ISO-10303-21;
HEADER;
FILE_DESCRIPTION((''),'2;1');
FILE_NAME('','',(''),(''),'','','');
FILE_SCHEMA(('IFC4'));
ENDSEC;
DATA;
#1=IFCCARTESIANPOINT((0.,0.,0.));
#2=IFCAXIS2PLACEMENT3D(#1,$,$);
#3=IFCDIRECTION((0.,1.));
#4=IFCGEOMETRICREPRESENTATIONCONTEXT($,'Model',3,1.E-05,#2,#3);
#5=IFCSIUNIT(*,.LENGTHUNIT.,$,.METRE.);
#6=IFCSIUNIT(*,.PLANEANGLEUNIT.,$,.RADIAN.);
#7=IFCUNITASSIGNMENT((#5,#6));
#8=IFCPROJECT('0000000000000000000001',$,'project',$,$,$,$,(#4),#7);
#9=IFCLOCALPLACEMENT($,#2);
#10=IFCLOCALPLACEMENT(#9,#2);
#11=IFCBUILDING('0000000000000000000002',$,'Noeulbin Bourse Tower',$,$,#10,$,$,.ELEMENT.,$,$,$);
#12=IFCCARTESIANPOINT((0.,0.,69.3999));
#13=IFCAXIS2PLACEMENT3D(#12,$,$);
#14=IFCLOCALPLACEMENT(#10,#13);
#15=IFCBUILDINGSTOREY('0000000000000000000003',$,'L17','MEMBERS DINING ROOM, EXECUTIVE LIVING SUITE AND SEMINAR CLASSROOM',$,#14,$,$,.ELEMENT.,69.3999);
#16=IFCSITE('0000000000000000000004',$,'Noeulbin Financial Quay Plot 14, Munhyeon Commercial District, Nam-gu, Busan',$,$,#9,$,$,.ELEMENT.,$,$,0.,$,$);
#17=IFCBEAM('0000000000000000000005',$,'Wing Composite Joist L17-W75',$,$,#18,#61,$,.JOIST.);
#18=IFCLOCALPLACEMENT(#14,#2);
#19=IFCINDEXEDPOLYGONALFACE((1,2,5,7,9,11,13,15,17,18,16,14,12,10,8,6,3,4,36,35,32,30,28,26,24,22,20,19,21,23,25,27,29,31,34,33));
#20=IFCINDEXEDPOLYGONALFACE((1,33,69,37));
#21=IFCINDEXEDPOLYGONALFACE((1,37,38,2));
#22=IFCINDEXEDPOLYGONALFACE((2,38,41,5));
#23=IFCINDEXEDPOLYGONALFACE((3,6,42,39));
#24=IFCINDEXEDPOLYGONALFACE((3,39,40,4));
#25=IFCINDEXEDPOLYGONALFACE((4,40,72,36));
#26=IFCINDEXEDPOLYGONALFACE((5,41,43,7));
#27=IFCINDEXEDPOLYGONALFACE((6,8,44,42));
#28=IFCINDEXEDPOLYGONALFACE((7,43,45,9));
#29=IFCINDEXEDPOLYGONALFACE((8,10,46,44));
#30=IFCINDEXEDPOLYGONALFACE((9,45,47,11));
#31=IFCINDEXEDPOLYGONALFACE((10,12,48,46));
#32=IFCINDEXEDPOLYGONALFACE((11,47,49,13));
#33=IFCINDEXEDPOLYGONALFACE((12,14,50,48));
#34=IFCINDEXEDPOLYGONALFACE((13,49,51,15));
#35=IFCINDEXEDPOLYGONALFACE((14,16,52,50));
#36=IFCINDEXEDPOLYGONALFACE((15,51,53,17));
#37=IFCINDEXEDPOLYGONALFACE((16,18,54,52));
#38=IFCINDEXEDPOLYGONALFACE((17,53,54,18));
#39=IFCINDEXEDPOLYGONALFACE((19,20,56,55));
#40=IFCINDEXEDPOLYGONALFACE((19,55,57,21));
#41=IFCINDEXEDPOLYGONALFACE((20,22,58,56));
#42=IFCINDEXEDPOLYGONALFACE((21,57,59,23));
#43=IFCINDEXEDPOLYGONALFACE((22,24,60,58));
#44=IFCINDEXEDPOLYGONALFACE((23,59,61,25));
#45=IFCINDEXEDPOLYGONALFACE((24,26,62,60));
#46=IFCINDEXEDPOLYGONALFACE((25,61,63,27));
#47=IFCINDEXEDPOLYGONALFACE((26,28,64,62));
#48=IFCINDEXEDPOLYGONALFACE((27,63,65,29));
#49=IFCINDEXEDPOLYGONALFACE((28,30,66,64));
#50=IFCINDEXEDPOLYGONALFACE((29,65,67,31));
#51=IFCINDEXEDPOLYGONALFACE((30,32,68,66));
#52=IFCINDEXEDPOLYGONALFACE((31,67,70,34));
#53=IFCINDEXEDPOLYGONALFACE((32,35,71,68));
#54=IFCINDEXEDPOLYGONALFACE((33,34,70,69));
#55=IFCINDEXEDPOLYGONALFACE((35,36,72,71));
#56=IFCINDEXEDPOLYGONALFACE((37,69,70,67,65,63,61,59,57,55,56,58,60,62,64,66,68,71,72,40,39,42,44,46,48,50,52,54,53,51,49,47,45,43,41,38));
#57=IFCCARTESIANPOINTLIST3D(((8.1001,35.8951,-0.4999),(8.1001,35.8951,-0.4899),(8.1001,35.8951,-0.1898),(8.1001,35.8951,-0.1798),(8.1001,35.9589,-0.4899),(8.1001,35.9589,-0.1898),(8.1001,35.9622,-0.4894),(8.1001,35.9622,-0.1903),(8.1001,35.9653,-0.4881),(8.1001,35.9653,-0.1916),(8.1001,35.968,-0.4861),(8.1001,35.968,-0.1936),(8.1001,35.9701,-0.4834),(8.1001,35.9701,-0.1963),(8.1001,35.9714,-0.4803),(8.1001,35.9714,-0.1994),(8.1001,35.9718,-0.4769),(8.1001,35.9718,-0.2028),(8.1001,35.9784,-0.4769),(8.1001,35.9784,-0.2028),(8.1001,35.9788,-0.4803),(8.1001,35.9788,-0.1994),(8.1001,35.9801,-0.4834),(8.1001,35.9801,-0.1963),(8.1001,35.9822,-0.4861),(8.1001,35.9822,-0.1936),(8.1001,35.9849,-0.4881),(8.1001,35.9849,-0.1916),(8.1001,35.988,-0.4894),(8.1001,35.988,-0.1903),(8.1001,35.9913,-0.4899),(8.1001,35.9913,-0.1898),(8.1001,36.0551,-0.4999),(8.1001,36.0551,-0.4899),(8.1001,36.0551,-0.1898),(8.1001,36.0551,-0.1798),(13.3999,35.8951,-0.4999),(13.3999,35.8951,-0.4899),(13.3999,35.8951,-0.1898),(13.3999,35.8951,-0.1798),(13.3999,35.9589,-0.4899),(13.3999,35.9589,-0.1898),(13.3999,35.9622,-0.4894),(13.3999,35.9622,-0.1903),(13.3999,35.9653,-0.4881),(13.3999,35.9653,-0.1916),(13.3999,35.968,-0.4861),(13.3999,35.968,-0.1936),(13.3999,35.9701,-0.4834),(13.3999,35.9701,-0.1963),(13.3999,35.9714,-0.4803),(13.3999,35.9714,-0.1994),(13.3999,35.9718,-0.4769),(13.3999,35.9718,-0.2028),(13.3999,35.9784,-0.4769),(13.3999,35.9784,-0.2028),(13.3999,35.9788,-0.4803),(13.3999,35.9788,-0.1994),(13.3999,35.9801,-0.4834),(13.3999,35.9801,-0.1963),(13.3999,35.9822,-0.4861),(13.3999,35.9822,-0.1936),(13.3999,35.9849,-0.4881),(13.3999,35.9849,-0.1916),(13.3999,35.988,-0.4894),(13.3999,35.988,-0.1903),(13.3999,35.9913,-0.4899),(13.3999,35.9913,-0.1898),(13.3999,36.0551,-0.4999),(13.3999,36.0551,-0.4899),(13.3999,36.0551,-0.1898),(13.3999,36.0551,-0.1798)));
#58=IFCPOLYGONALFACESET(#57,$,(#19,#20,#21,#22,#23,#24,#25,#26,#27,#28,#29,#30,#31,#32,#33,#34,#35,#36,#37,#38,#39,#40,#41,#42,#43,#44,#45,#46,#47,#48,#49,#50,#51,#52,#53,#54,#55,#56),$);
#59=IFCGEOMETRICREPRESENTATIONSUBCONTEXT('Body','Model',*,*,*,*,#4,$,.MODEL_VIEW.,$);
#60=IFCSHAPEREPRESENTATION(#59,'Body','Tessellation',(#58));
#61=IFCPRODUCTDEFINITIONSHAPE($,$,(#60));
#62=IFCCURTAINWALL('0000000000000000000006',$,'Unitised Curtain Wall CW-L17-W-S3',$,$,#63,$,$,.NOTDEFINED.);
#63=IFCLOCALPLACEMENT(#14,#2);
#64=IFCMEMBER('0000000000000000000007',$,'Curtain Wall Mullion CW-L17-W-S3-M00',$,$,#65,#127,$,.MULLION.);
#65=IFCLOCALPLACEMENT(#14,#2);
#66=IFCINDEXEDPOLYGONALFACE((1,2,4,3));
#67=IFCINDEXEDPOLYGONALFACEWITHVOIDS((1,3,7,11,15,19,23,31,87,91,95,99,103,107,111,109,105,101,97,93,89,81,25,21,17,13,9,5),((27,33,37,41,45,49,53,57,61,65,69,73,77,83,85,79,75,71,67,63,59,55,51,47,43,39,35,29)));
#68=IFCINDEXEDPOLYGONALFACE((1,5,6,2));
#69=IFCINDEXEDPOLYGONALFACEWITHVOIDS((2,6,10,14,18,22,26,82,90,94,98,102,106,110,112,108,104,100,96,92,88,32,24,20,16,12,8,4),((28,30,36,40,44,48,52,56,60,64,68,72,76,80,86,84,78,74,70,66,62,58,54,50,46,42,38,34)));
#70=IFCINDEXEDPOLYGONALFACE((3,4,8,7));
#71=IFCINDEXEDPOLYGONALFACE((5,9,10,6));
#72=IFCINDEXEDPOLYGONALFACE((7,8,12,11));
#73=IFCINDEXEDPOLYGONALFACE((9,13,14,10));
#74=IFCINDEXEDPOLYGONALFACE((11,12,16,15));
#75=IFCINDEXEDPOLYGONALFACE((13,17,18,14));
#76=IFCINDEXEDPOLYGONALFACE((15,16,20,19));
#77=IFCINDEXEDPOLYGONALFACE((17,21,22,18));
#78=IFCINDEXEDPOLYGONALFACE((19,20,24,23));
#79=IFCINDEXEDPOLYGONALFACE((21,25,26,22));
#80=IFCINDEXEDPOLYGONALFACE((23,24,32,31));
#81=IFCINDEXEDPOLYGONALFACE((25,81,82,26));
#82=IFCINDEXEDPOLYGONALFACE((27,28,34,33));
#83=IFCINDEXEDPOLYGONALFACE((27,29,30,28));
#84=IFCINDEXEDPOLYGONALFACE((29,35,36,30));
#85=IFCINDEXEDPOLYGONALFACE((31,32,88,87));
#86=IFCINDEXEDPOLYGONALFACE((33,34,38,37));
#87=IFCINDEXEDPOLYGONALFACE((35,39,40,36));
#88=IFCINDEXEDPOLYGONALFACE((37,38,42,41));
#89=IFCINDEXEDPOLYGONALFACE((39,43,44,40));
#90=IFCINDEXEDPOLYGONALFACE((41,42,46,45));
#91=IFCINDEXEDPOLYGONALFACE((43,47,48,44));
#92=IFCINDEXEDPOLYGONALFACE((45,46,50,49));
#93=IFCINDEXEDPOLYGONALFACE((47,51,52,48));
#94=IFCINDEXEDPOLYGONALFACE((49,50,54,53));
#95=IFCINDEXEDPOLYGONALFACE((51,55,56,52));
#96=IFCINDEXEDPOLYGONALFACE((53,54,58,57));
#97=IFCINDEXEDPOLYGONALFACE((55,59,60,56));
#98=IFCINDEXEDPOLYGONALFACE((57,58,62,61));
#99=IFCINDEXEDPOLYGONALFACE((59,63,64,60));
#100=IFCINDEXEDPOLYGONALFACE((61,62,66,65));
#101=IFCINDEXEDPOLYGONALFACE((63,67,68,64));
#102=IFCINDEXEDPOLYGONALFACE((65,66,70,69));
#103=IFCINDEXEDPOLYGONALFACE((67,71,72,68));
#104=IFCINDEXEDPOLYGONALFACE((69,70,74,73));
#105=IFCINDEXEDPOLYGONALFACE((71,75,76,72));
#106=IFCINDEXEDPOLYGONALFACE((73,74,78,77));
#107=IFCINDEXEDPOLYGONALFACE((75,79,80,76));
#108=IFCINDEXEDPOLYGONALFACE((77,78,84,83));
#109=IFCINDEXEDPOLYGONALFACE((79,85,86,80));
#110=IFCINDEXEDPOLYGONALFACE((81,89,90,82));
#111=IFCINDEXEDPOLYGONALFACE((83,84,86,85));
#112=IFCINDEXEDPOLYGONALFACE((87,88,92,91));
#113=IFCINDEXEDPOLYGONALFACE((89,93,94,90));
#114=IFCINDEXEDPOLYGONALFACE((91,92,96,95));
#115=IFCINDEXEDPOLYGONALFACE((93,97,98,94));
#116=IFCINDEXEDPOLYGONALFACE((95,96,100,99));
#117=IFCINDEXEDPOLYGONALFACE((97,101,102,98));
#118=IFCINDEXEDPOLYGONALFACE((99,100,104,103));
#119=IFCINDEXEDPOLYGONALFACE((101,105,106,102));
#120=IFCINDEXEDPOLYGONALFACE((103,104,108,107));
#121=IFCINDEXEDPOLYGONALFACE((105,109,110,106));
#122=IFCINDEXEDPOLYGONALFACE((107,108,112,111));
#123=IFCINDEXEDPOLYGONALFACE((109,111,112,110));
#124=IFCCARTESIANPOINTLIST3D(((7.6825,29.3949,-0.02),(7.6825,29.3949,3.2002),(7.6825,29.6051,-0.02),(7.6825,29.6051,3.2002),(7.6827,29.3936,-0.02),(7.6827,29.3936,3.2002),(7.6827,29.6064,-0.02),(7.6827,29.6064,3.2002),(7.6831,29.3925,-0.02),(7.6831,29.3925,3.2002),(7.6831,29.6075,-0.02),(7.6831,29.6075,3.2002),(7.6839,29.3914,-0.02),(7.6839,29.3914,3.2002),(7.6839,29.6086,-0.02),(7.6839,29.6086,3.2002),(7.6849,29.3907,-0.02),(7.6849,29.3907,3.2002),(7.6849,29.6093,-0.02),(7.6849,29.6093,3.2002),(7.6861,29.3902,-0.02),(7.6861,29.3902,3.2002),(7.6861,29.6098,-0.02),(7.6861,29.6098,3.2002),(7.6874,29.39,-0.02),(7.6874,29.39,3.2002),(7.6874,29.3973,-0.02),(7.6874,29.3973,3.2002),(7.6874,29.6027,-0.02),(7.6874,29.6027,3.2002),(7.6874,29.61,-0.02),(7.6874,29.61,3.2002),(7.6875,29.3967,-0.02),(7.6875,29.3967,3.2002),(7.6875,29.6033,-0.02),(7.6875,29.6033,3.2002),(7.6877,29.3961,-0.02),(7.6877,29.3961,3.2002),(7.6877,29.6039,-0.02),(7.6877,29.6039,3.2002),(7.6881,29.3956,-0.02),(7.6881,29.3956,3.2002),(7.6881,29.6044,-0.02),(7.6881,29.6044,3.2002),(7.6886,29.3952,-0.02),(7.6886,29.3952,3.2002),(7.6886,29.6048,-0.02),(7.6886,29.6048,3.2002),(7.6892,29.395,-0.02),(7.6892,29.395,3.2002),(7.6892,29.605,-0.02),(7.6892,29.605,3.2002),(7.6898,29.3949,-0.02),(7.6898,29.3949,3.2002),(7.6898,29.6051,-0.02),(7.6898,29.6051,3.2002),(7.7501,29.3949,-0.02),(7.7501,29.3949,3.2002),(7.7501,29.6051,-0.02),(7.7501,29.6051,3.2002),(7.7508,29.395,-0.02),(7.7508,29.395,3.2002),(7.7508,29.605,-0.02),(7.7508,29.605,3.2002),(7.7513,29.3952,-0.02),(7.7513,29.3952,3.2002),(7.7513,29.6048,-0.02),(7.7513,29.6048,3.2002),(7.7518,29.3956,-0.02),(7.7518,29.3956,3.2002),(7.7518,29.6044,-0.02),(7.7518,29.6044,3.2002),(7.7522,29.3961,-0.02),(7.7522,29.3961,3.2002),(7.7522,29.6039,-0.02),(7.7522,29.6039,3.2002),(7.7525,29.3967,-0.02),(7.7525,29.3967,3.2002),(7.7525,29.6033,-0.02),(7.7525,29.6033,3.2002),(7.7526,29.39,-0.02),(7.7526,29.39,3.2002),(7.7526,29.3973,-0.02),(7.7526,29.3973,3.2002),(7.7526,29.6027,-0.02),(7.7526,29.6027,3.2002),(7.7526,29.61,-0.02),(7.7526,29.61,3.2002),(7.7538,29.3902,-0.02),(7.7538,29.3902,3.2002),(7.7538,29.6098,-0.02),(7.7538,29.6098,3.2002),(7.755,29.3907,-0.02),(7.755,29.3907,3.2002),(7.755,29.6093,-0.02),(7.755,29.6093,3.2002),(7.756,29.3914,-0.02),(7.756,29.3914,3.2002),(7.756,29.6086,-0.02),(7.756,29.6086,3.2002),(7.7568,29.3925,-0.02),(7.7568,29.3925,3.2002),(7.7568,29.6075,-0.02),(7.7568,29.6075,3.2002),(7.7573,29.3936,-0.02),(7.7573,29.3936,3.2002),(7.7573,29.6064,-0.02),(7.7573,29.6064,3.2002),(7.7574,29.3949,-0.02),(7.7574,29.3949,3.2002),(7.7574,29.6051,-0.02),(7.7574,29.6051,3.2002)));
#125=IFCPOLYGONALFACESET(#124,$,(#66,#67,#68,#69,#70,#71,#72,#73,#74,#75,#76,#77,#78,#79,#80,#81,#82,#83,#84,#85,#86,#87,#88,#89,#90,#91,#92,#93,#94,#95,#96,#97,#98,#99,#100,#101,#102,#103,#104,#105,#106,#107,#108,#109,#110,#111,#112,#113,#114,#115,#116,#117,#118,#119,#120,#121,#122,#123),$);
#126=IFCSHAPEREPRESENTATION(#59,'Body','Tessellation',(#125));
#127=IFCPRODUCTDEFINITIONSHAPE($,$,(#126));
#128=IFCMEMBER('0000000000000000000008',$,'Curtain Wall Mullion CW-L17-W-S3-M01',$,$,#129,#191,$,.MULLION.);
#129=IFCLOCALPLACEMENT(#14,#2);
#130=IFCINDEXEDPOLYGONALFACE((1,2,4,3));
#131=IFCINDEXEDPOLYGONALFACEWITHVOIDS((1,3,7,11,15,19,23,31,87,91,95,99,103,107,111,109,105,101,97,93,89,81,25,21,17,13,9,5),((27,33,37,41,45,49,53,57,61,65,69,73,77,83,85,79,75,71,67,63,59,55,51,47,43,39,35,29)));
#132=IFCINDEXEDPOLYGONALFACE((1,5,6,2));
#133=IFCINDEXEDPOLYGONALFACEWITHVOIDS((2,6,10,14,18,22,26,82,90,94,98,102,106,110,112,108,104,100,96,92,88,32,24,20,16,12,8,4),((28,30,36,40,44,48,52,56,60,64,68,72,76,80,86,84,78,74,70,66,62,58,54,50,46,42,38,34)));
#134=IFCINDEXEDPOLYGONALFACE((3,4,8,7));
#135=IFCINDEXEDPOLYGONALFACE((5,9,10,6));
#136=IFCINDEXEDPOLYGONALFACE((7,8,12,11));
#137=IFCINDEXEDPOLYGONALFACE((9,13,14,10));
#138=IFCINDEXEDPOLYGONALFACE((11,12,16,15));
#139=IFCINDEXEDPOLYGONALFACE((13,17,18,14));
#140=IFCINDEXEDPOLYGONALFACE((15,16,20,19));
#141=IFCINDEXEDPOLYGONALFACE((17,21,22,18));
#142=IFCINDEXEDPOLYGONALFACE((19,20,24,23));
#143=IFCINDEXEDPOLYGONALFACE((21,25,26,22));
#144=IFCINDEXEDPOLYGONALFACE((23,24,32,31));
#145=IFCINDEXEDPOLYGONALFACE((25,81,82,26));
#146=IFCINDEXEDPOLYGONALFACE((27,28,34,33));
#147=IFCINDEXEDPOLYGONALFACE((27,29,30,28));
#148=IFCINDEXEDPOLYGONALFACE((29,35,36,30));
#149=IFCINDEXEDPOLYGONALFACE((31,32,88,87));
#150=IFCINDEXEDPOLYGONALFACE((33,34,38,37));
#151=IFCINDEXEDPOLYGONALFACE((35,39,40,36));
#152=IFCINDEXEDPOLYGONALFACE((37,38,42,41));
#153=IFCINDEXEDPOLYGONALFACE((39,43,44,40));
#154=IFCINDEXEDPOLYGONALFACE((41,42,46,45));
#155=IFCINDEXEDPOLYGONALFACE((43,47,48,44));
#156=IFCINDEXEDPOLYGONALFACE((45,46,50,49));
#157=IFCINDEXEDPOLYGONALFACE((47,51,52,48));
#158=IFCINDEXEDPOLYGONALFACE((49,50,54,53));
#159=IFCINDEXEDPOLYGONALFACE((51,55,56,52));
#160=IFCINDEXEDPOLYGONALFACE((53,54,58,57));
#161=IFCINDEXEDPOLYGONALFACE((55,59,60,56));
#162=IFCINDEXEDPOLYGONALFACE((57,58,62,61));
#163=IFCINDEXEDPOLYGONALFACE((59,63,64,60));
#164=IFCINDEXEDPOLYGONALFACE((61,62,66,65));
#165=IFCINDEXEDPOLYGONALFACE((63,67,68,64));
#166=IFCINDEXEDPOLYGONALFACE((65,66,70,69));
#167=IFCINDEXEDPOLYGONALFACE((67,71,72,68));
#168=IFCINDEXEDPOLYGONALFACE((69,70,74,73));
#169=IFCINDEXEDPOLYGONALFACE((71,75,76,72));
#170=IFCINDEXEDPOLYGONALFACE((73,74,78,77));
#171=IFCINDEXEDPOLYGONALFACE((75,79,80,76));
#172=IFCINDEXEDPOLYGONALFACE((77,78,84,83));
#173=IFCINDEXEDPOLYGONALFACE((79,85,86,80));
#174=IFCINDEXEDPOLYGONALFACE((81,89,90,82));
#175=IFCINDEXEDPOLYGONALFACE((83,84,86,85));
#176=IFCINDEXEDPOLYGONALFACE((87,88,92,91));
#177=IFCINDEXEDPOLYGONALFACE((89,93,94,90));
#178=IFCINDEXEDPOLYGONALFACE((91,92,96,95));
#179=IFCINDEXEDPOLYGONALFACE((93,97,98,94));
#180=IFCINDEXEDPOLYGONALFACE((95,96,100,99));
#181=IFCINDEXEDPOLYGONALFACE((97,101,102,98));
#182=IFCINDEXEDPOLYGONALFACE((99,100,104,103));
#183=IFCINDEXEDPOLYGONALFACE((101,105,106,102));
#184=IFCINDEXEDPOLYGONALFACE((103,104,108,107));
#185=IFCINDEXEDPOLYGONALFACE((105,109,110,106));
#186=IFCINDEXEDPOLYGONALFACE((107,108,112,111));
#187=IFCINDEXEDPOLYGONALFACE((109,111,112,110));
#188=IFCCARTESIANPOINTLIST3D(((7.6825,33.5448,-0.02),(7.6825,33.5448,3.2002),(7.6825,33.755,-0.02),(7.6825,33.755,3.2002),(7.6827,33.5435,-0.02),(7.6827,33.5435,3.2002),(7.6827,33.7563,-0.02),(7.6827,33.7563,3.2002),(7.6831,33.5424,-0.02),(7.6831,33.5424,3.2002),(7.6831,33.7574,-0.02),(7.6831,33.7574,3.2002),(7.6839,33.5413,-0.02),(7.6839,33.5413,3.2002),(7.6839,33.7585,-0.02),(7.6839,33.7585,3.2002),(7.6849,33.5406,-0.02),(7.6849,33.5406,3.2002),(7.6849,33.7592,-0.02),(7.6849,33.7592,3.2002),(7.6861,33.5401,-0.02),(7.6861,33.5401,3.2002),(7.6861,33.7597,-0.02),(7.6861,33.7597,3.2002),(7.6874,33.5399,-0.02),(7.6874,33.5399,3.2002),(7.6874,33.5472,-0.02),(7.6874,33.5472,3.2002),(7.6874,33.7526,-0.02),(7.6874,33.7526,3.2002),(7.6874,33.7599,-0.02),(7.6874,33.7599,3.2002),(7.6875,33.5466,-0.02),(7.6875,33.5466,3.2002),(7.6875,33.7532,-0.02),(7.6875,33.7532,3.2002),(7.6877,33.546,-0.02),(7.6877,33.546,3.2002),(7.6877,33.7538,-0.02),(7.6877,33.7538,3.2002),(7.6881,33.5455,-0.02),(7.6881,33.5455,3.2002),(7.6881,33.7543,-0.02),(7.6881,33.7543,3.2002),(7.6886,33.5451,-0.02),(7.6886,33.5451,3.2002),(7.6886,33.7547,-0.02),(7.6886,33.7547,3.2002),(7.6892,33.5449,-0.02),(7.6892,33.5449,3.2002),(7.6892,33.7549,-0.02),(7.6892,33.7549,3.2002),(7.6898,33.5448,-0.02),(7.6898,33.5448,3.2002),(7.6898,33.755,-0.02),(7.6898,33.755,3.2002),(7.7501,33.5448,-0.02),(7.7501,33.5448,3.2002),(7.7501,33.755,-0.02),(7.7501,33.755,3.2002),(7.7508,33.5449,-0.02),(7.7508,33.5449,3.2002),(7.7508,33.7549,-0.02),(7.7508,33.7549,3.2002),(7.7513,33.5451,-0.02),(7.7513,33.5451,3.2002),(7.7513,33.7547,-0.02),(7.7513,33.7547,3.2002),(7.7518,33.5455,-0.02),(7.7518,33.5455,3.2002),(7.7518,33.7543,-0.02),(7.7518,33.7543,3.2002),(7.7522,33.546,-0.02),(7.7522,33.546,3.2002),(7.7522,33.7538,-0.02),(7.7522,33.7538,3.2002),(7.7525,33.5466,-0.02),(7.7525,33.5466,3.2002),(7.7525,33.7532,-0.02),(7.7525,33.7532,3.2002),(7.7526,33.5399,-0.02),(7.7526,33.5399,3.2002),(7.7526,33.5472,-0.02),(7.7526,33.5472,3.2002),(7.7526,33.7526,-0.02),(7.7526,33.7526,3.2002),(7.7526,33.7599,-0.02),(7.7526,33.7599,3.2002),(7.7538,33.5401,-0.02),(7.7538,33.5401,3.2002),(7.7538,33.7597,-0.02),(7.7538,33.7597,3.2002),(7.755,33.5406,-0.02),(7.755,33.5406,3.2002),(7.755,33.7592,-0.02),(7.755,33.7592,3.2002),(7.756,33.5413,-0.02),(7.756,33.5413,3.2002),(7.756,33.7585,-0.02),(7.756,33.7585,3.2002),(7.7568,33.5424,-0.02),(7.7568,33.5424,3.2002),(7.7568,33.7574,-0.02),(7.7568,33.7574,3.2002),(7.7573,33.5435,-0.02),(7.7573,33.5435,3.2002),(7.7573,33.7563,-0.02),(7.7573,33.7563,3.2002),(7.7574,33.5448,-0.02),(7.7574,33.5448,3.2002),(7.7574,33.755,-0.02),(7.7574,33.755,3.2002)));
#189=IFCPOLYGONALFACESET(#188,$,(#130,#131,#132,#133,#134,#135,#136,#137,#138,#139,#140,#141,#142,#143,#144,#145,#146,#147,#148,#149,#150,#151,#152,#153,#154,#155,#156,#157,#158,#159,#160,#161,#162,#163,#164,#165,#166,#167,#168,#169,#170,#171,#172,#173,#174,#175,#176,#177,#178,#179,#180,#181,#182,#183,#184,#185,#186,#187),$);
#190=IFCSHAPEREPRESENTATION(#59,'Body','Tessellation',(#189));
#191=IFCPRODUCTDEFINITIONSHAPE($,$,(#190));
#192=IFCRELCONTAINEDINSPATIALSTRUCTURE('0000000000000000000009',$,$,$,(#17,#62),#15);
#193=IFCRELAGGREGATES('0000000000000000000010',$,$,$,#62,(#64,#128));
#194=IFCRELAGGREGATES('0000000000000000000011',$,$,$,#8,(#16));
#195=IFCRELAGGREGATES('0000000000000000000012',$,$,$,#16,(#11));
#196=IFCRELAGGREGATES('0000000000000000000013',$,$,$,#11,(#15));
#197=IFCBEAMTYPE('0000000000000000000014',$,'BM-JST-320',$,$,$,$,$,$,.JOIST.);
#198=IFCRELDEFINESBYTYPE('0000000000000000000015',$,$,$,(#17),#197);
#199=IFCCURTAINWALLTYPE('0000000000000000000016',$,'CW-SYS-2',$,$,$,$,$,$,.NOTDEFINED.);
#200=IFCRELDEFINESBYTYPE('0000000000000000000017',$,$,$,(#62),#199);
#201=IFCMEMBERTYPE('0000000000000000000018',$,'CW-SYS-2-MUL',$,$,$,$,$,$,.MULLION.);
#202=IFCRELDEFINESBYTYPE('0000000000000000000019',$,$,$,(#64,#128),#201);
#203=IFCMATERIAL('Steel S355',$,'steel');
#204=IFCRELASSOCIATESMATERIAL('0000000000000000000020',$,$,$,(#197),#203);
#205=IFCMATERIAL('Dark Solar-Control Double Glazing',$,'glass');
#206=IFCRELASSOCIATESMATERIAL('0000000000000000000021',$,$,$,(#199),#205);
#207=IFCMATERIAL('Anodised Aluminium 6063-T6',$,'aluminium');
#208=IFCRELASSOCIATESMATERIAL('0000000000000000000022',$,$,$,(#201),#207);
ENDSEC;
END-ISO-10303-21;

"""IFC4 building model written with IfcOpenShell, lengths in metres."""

from ifc_helpers import new_model, si_unit, direction, frame, origin, origin_2d, place, context, subcontext, project, spatial, hollow_rectangle, i_section, extrude, material, material_profile, profile_set, type_object, element, aggregate, save


model = new_model("IFC4")

# Units and contexts
model_context = context("Model", 3, precision=1e-05, world=origin(), true_north=direction((0.0, 1.0)))
body_context = subcontext(model_context, "Body", "Model", "MODEL_VIEW")
ifc_project = project(units=[si_unit("LENGTHUNIT", "METRE"), si_unit("PLANEANGLEUNIT", "RADIAN")], contexts=[model_context])

# Site, building, storey
site_placement = place(None, origin())
site = spatial("IfcSite", under=ifc_project, at=site_placement, Name="Noeulbin Financial Quay Plot 14, Munhyeon Commercial District, Nam-gu, Busan", CompositionType="ELEMENT", RefElevation=0.0)
building_placement = place(site_placement, origin())
building = spatial("IfcBuilding", under=site, at=building_placement, Name="Noeulbin Bourse Tower", CompositionType="ELEMENT")
storey_placement = place(building_placement, frame((0.0, 0.0, 69.3999)))
storey = spatial("IfcBuildingStorey", under=building, at=storey_placement, Name="L17", Description="MEMBERS DINING ROOM, EXECUTIVE LIVING SUITE AND SEMINAR CLASSROOM", CompositionType="ELEMENT", Elevation=69.3999)

# Beam
ifc_material_1 = material(Name="Steel S355", Category="steel")
ifc_material_profile_1 = material_profile(ifc_material_1, i_section(OverallWidth=0.1599, OverallDepth=0.3201, WebThickness=0.0066, FlangeThickness=0.01, FilletRadius=0.0129, at=origin_2d()), Name="H-320x160x6.5x10", Category="LoadBearing")
ifc_profile_set_1 = profile_set([ifc_material_profile_1], Name="Steel S355")
beam_type = type_object("IfcBeamType", Name="BM-JST-320", PredefinedType="JOIST", material=ifc_profile_set_1)
for number, where, z_axis, x_axis, name in (
    (1, (8.1001, 35.9751, -0.3398), (1.0, 0.0, 0.0), (0.0, 1.0, 0.0), "Wing Composite Joist L17-W75"),
):
    element("IfcBeam", number, at=place(storey_placement, frame(where, z_axis=z_axis, x_axis=x_axis)), inside=storey, type_object=beam_type, Name=name, PredefinedType="JOIST", context=body_context, shape_type="SweptSolid", body=[
        extrude(i_section(OverallWidth=0.1599, OverallDepth=0.3201, WebThickness=0.0066, FlangeThickness=0.01, FilletRadius=0.0129, at=origin_2d()), origin(), (0.0, 0.0, 1.0), 5.2998),
    ])

# Curtain wall, members
ifc_material_2 = material(Name="Dark Solar-Control Double Glazing", Category="glass")
curtain_wall_type = type_object("IfcCurtainWallType", Name="CW-SYS-2", PredefinedType="NOTDEFINED", material=ifc_material_2)
curtain_wall_placement = place(storey_placement, origin())
curtain_wall = element("IfcCurtainWall", 2, at=curtain_wall_placement, inside=storey, type_object=curtain_wall_type, Name="Unitised Curtain Wall CW-L17-W-S3", PredefinedType="NOTDEFINED")
ifc_material_3 = material(Name="Anodised Aluminium 6063-T6", Category="aluminium")
ifc_material_profile_2 = material_profile(ifc_material_3, hollow_rectangle(XDim=0.075, YDim=0.22, WallThickness=0.0049, InnerFilletRadius=0.0024, OuterFilletRadius=0.0049, at=origin_2d()), Name="ALU-MULL-75x220x5", Category="LoadBearing")
ifc_profile_set_2 = profile_set([ifc_material_profile_2], Name="Anodised Aluminium 6063-T6")
member_type_1 = type_object("IfcMemberType", Name="CW-SYS-2-MUL", PredefinedType="MULLION", material=ifc_profile_set_2)
member_1_placement = place(storey_placement, frame((7.72, 29.5, -0.02), z_axis=(0.0, 0.0, 1.0), x_axis=(1.0, 0.0, 0.0)))
member_1 = element("IfcMember", 3, at=member_1_placement, type_object=member_type_1, Name="Curtain Wall Mullion CW-L17-W-S3-M00", PredefinedType="MULLION", context=body_context, shape_type="SweptSolid", body=[
    extrude(hollow_rectangle(XDim=0.075, YDim=0.22, WallThickness=0.0049, InnerFilletRadius=0.0024, OuterFilletRadius=0.0049, at=origin_2d()), origin(), (0.0, 0.0, 1.0), 3.2202),
])
member_2_placement = place(storey_placement, frame((7.72, 33.6499, -0.02), z_axis=(0.0, 0.0, 1.0), x_axis=(1.0, 0.0, 0.0)))
member_2 = element("IfcMember", 4, at=member_2_placement, type_object=member_type_1, Name="Curtain Wall Mullion CW-L17-W-S3-M01", PredefinedType="MULLION", context=body_context, shape_type="SweptSolid", body=[
    extrude(hollow_rectangle(XDim=0.075, YDim=0.22, WallThickness=0.0049, InnerFilletRadius=0.0024, OuterFilletRadius=0.0049, at=origin_2d()), origin(), (0.0, 0.0, 1.0), 3.2202),
])
aggregate(curtain_wall, [member_1, member_2])

save(model, "model.ifc")
